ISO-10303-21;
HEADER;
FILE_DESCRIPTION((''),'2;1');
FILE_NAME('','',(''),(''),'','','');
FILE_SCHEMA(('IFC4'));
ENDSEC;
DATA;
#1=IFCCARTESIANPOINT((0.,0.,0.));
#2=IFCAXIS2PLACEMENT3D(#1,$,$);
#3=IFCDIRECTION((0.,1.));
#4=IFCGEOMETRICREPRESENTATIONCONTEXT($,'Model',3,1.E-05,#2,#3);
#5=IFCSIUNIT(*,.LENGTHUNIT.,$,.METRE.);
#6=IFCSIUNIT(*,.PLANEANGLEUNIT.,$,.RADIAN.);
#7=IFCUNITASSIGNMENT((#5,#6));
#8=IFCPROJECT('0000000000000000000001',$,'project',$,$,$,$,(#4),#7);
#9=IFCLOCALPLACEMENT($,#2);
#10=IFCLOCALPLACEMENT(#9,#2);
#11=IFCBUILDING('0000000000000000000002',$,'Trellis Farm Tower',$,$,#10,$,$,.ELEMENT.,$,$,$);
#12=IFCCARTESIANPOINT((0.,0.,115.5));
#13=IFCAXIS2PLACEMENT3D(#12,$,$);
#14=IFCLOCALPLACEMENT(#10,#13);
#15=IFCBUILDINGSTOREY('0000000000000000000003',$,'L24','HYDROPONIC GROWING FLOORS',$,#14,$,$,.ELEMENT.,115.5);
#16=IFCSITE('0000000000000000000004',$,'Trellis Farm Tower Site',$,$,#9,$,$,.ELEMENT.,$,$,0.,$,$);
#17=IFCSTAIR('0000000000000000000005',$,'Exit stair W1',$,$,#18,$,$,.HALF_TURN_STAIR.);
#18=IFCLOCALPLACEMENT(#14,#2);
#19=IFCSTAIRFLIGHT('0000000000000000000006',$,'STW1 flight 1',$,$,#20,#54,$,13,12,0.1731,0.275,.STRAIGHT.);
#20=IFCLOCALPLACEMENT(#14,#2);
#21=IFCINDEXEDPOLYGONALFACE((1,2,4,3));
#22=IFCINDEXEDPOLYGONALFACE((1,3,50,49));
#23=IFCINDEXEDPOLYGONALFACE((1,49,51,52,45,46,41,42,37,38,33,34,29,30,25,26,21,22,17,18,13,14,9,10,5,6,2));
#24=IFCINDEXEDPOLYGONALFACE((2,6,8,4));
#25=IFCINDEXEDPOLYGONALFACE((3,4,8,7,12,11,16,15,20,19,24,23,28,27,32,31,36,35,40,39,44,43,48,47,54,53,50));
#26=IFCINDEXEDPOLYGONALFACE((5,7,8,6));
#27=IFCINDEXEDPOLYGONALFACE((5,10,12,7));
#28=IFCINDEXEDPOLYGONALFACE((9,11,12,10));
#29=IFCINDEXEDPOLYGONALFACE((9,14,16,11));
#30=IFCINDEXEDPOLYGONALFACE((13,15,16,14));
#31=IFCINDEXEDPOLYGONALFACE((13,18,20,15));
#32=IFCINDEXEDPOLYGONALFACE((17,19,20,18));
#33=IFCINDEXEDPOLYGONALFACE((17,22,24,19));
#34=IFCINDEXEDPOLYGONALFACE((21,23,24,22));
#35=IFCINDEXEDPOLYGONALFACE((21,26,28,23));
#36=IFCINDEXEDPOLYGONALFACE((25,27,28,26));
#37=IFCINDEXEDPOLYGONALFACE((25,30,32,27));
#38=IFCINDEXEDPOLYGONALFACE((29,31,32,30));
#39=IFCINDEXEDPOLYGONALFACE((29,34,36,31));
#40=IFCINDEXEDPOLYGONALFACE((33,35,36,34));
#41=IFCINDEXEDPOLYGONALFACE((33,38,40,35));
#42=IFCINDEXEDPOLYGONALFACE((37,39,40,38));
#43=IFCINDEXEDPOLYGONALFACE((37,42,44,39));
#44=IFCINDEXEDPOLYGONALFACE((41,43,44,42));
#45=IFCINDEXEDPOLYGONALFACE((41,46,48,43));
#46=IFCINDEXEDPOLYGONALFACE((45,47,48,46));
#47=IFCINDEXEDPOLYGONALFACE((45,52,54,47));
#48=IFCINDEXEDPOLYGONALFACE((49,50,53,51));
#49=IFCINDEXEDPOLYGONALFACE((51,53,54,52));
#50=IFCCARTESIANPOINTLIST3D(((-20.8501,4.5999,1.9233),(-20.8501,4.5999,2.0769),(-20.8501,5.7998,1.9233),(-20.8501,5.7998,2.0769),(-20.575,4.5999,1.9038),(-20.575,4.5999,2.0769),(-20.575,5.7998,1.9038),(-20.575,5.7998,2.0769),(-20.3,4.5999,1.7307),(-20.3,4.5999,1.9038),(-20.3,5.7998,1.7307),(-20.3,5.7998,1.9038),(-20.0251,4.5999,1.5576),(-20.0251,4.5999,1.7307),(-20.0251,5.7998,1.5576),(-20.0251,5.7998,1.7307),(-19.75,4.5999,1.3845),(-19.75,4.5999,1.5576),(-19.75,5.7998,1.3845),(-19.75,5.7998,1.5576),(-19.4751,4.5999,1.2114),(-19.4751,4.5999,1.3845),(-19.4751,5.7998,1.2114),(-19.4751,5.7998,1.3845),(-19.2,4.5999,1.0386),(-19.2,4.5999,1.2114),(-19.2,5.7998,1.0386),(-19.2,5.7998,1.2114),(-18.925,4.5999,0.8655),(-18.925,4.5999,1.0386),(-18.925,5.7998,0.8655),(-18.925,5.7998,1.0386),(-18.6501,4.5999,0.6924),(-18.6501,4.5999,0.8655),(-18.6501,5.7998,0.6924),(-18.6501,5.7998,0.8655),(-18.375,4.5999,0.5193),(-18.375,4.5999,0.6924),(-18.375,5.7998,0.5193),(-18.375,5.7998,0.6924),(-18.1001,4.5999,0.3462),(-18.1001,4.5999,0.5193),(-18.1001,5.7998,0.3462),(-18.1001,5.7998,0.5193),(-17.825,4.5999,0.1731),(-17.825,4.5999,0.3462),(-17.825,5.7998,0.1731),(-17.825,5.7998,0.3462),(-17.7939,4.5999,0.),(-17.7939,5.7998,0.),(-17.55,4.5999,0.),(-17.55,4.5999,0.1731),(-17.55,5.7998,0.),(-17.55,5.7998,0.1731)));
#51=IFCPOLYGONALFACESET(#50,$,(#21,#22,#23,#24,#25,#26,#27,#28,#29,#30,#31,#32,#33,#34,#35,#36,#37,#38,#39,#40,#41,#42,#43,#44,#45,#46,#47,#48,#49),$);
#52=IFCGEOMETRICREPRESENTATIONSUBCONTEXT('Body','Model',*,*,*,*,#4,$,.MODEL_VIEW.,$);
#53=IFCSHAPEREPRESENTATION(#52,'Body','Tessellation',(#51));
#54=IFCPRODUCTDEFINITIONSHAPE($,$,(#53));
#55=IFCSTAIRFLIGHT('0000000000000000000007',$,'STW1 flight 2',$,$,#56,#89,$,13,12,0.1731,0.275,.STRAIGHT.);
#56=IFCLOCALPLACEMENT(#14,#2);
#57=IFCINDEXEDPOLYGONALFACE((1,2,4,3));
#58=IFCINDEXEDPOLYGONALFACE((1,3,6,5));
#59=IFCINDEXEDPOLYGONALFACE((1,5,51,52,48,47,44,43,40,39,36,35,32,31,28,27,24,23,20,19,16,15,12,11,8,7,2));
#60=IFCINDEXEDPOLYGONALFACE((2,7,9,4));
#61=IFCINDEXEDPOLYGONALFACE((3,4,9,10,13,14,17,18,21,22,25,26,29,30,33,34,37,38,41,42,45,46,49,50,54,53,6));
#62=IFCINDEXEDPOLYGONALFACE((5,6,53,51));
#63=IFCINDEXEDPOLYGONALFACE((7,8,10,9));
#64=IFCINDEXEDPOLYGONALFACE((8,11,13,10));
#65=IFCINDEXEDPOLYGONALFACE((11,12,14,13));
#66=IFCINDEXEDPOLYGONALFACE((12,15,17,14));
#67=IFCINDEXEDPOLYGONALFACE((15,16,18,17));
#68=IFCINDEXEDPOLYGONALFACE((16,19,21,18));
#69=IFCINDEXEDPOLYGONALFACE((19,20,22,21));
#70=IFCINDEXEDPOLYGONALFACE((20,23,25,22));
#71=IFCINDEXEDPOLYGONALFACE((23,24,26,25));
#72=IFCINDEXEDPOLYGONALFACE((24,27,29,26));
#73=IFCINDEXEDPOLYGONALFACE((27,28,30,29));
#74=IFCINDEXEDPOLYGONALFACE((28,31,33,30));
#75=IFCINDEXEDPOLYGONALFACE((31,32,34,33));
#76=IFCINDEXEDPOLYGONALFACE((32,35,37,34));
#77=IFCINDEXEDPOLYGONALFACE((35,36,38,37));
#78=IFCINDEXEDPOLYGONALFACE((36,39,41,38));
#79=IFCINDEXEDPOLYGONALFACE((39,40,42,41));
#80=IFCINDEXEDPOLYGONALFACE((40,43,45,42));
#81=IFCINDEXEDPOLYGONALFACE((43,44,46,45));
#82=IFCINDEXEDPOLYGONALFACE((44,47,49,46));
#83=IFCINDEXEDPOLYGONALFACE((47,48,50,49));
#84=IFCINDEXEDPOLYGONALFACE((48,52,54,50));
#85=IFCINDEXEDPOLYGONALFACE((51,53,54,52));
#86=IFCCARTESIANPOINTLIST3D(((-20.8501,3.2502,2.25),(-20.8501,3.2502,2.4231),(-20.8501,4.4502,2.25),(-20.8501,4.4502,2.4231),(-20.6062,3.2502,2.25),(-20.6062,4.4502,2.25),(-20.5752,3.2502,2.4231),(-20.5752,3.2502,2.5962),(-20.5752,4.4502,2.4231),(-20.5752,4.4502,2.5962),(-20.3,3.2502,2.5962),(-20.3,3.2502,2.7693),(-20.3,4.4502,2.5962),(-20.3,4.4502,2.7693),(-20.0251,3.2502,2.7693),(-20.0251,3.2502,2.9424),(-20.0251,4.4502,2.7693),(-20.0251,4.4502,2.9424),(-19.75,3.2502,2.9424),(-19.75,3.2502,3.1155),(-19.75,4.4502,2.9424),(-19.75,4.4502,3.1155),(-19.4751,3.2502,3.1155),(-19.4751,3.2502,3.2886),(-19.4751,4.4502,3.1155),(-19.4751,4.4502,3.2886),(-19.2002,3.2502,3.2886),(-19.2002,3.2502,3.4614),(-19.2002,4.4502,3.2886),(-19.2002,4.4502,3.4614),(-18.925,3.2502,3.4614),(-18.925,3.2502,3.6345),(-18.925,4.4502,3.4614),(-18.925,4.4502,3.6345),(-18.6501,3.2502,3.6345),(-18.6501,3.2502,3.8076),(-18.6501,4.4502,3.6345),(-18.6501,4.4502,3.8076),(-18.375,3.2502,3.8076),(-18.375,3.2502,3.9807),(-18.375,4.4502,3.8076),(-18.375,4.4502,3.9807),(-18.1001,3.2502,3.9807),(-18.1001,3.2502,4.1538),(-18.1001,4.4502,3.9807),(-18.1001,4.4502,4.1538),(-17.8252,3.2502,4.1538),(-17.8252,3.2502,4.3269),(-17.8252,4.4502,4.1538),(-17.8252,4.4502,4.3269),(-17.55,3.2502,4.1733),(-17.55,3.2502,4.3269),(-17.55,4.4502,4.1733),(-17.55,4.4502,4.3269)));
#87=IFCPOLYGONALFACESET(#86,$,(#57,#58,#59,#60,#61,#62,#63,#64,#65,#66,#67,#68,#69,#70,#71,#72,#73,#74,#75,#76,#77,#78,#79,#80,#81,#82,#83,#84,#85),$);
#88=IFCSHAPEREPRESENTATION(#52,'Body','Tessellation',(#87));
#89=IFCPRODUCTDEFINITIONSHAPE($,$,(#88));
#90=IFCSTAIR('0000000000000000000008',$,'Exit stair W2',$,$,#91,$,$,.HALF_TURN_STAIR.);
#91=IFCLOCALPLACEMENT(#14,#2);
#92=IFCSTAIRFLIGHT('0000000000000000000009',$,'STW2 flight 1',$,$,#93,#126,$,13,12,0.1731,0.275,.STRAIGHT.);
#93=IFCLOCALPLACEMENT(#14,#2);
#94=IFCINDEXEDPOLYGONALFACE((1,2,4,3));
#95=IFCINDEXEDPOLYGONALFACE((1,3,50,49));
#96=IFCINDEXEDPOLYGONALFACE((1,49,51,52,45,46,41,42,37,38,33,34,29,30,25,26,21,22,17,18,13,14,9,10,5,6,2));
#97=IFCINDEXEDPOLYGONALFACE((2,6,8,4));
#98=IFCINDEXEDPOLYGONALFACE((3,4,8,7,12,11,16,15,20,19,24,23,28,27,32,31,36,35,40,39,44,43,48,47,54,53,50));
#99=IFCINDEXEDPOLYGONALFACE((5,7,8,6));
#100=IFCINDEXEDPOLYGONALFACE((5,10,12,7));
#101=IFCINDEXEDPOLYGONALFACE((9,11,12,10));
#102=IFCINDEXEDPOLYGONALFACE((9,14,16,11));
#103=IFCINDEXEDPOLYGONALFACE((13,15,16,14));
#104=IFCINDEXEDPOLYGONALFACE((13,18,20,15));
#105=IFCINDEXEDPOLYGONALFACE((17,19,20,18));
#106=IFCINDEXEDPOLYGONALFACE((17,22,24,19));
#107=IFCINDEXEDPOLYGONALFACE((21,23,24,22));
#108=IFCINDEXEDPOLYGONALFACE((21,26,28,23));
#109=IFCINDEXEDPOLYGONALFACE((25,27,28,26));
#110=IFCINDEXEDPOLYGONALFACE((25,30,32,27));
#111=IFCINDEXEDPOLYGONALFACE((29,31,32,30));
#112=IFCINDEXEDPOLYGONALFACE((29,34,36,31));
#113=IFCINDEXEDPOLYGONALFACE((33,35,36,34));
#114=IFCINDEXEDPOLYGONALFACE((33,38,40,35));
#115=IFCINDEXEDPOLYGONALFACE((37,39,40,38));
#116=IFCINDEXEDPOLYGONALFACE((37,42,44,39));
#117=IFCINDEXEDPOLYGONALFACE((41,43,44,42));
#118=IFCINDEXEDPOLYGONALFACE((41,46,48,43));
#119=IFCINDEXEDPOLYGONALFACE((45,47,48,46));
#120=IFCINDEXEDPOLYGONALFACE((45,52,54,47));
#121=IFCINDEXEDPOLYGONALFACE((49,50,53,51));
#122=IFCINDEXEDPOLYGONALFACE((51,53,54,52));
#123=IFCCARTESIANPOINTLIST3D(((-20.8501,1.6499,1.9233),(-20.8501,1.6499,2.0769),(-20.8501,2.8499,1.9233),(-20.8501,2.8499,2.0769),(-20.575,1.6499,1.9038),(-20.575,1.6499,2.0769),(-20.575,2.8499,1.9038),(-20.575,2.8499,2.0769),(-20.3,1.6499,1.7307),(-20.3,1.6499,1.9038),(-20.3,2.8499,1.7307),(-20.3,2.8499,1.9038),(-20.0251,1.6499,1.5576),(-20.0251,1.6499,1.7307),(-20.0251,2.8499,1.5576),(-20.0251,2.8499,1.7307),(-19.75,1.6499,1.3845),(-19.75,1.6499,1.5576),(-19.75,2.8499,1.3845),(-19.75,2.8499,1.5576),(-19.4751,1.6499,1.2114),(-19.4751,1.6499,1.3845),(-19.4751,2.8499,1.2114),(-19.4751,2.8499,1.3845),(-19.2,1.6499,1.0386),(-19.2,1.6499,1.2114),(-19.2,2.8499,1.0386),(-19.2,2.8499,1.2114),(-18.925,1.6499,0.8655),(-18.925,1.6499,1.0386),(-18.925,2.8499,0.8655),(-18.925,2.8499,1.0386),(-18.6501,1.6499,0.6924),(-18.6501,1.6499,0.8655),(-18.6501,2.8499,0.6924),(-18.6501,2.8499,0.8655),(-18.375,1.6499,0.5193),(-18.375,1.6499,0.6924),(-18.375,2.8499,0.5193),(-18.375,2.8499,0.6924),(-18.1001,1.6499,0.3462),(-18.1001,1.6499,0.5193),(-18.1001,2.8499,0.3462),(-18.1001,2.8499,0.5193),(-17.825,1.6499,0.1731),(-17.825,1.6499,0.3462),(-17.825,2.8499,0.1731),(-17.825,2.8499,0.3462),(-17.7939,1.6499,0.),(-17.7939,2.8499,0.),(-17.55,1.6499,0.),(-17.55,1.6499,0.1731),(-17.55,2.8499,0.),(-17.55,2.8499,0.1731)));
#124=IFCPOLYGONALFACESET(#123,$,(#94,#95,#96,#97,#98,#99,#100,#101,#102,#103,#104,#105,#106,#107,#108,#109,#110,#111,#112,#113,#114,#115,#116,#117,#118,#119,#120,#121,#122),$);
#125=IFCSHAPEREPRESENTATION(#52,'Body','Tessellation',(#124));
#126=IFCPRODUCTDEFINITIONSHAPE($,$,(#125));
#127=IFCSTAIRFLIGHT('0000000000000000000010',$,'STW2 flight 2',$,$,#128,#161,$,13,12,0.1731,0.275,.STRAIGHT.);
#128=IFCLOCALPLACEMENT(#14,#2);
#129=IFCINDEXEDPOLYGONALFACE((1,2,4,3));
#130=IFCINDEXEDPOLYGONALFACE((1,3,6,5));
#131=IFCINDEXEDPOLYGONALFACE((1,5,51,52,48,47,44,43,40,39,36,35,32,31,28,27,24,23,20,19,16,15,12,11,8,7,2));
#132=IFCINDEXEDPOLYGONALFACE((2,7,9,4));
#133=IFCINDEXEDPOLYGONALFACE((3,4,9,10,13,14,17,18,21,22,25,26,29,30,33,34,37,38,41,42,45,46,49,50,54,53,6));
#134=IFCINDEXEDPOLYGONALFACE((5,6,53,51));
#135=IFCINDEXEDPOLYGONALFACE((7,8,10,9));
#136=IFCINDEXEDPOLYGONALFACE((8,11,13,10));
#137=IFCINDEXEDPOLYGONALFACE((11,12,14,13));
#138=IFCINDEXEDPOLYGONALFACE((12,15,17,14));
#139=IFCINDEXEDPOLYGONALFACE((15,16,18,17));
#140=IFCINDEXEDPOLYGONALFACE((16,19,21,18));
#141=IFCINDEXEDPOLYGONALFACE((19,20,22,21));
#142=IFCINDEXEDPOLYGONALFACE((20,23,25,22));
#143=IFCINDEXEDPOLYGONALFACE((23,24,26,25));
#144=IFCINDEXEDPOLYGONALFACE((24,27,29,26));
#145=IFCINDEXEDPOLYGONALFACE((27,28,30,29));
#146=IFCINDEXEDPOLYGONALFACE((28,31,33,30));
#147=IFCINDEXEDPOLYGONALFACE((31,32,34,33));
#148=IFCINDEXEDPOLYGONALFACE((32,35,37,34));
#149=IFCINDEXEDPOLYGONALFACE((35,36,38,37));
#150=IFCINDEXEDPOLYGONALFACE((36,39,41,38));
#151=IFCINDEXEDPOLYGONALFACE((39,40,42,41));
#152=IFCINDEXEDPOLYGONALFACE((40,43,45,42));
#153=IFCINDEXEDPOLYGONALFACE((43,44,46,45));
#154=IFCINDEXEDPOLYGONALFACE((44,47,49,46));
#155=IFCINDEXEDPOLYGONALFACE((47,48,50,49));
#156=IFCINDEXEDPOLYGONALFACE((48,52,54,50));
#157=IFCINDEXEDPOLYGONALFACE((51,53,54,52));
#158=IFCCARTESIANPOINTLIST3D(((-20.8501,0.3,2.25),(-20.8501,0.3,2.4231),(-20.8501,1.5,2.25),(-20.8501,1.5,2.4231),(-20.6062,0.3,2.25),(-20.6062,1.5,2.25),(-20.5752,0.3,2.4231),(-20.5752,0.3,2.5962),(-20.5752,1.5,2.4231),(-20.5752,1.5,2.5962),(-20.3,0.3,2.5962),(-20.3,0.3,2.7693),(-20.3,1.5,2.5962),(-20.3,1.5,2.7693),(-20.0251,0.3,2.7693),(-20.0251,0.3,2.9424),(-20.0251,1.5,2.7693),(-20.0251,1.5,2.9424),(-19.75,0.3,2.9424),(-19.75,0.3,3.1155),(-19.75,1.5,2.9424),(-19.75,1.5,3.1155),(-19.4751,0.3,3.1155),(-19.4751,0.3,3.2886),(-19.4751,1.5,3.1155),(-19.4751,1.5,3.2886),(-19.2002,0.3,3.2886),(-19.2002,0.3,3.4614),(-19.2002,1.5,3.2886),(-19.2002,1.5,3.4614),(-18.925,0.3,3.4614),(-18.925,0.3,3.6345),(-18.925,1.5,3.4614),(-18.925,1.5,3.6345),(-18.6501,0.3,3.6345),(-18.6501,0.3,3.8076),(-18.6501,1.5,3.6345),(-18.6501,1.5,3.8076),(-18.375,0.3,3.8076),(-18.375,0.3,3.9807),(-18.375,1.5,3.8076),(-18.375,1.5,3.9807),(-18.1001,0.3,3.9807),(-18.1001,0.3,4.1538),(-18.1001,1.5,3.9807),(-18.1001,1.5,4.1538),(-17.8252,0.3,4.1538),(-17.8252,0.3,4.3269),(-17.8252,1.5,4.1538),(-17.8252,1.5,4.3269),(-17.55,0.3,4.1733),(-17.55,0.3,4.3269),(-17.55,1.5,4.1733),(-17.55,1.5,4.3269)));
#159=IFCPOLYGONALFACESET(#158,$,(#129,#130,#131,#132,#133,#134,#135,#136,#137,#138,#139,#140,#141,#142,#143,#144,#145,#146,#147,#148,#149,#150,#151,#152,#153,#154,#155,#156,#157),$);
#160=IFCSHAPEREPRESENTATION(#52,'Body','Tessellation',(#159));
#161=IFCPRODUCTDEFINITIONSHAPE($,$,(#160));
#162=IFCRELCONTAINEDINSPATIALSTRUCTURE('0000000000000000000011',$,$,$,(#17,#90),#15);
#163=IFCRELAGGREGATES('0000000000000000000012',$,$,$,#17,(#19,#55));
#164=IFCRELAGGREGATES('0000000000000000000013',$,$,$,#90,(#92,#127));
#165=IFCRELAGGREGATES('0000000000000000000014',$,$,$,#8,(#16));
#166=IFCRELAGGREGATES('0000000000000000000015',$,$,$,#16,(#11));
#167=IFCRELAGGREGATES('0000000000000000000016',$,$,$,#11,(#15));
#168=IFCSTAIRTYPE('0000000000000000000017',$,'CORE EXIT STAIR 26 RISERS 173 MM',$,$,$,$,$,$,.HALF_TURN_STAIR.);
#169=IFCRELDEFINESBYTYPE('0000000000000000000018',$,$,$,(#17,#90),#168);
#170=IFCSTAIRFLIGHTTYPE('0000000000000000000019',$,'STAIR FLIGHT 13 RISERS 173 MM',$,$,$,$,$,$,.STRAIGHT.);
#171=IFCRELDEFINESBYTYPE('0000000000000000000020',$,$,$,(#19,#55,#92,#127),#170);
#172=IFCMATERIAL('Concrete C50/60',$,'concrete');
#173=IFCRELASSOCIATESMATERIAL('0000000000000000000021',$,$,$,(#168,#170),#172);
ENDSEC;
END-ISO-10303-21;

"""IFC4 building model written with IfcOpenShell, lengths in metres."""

from ifc_helpers import new_model, si_unit, direction, frame, origin, place, context, subcontext, project, spatial, polyline, outline, extrude, source, transform, mapped, material, type_object, element, aggregate, save


model = new_model("IFC4")

# Units and contexts
model_context = context("Model", 3, precision=1e-05, world=origin(), true_north=direction((0.0, 1.0)))
body_context = subcontext(model_context, "Body", "Model", "MODEL_VIEW")
ifc_project = project(units=[si_unit("LENGTHUNIT", "METRE"), si_unit("PLANEANGLEUNIT", "RADIAN")], contexts=[model_context])

# Site, building, storey
site_placement = place(None, origin())
site = spatial("IfcSite", under=ifc_project, at=site_placement, Name="Trellis Farm Tower Site", CompositionType="ELEMENT", RefElevation=0.0)
building_placement = place(site_placement, origin())
building = spatial("IfcBuilding", under=site, at=building_placement, Name="Trellis Farm Tower", CompositionType="ELEMENT")
storey_placement = place(building_placement, frame((0.0, 0.0, 115.5)))
storey = spatial("IfcBuildingStorey", under=building, at=storey_placement, Name="L24", Description="HYDROPONIC GROWING FLOORS", CompositionType="ELEMENT", Elevation=115.5)

# Shared definitions
placement = place(storey_placement, origin())

# Stairs, stair flights
ifc_material_1 = material(Name="Concrete C50/60", Category="concrete")
stair_type = type_object("IfcStairType", Name="CORE EXIT STAIR 26 RISERS 173 MM", PredefinedType="HALF_TURN_STAIR", material=ifc_material_1)
stair_1 = element("IfcStair", 1, at=placement, inside=storey, type_object=stair_type, Name="Exit stair W1", PredefinedType="HALF_TURN_STAIR")
stair_flight_type = type_object("IfcStairFlightType", Name="STAIR FLIGHT 13 RISERS 173 MM", PredefinedType="STRAIGHT", material=ifc_material_1)
shared_shape_1 = source(origin(), body_context, "Body", "SweptSolid", [
    extrude(outline(polyline([(0.0, 0.0), (0.0, 0.1731), (0.2749, 0.1731), (0.2749, 0.3462), (0.55, 0.3462), (0.55, 0.5193), (0.825, 0.5193), (0.825, 0.6924), (1.1001, 0.6924), (1.1001, 0.8655), (1.375, 0.8655), (1.375, 1.0386), (1.6499, 1.0386), (1.6499, 1.2114), (1.925, 1.2114), (1.925, 1.3845), (2.2, 1.3845), (2.2, 1.5576), (2.4751, 1.5576), (2.4751, 1.7307), (2.75, 1.7307), (2.75, 1.9038), (3.0249, 1.9038), (3.0249, 2.0769), (3.3, 2.0769), (3.3, 2.25), (3.3, 1.9233), (0.2439, 0.0), (0.0, 0.0)])), frame((0.0, 0.6001, 0.0), z_axis=(0.0, -1.0, 0.0), x_axis=(1.0, 0.0, 0.0)), (0.0, 0.0, 1.0), 1.2),
])
stair_flight_1_placement = place(storey_placement, frame((-17.55, 5.2, 0.0), z_axis=(0.0, 0.0, 1.0), x_axis=(-1.0, 0.0, 0.0)))
stair_flight_1 = element("IfcStairFlight", 2, at=stair_flight_1_placement, type_object=stair_flight_type, Name="STW1 flight 1", NumberOfRisers=13, NumberOfTreads=12, PredefinedType="STRAIGHT", RiserHeight=0.1731, TreadLength=0.275, context=body_context, shape_type="MappedRepresentation", body=[
    mapped(shared_shape_1, transform((0.0, 0.0, 0.0))),
])
stair_flight_2_placement = place(storey_placement, frame((-20.8501, 3.8501, 2.25), z_axis=(0.0, 0.0, 1.0), x_axis=(1.0, 0.0, 0.0)))
stair_flight_2 = element("IfcStairFlight", 3, at=stair_flight_2_placement, type_object=stair_flight_type, Name="STW1 flight 2", NumberOfRisers=13, NumberOfTreads=12, PredefinedType="STRAIGHT", RiserHeight=0.1731, TreadLength=0.275, context=body_context, shape_type="MappedRepresentation", body=[
    mapped(shared_shape_1, transform((0.0, 0.0, 0.0))),
])
aggregate(stair_1, [stair_flight_1, stair_flight_2])
stair_2 = element("IfcStair", 4, at=placement, inside=storey, type_object=stair_type, Name="Exit stair W2", PredefinedType="HALF_TURN_STAIR")
stair_flight_3_placement = place(storey_placement, frame((-17.55, 2.25, 0.0), z_axis=(0.0, 0.0, 1.0), x_axis=(-1.0, 0.0, 0.0)))
stair_flight_3 = element("IfcStairFlight", 5, at=stair_flight_3_placement, type_object=stair_flight_type, Name="STW2 flight 1", NumberOfRisers=13, NumberOfTreads=12, PredefinedType="STRAIGHT", RiserHeight=0.1731, TreadLength=0.275, context=body_context, shape_type="MappedRepresentation", body=[
    mapped(shared_shape_1, transform((0.0, 0.0, 0.0))),
])
stair_flight_4_placement = place(storey_placement, frame((-20.8501, 0.8999, 2.25), z_axis=(0.0, 0.0, 1.0), x_axis=(1.0, 0.0, 0.0)))
stair_flight_4 = element("IfcStairFlight", 6, at=stair_flight_4_placement, type_object=stair_flight_type, Name="STW2 flight 2", NumberOfRisers=13, NumberOfTreads=12, PredefinedType="STRAIGHT", RiserHeight=0.1731, TreadLength=0.275, context=body_context, shape_type="MappedRepresentation", body=[
    mapped(shared_shape_1, transform((0.0, 0.0, 0.0))),
])
aggregate(stair_2, [stair_flight_3, stair_flight_4])

save(model, "model.ifc")
